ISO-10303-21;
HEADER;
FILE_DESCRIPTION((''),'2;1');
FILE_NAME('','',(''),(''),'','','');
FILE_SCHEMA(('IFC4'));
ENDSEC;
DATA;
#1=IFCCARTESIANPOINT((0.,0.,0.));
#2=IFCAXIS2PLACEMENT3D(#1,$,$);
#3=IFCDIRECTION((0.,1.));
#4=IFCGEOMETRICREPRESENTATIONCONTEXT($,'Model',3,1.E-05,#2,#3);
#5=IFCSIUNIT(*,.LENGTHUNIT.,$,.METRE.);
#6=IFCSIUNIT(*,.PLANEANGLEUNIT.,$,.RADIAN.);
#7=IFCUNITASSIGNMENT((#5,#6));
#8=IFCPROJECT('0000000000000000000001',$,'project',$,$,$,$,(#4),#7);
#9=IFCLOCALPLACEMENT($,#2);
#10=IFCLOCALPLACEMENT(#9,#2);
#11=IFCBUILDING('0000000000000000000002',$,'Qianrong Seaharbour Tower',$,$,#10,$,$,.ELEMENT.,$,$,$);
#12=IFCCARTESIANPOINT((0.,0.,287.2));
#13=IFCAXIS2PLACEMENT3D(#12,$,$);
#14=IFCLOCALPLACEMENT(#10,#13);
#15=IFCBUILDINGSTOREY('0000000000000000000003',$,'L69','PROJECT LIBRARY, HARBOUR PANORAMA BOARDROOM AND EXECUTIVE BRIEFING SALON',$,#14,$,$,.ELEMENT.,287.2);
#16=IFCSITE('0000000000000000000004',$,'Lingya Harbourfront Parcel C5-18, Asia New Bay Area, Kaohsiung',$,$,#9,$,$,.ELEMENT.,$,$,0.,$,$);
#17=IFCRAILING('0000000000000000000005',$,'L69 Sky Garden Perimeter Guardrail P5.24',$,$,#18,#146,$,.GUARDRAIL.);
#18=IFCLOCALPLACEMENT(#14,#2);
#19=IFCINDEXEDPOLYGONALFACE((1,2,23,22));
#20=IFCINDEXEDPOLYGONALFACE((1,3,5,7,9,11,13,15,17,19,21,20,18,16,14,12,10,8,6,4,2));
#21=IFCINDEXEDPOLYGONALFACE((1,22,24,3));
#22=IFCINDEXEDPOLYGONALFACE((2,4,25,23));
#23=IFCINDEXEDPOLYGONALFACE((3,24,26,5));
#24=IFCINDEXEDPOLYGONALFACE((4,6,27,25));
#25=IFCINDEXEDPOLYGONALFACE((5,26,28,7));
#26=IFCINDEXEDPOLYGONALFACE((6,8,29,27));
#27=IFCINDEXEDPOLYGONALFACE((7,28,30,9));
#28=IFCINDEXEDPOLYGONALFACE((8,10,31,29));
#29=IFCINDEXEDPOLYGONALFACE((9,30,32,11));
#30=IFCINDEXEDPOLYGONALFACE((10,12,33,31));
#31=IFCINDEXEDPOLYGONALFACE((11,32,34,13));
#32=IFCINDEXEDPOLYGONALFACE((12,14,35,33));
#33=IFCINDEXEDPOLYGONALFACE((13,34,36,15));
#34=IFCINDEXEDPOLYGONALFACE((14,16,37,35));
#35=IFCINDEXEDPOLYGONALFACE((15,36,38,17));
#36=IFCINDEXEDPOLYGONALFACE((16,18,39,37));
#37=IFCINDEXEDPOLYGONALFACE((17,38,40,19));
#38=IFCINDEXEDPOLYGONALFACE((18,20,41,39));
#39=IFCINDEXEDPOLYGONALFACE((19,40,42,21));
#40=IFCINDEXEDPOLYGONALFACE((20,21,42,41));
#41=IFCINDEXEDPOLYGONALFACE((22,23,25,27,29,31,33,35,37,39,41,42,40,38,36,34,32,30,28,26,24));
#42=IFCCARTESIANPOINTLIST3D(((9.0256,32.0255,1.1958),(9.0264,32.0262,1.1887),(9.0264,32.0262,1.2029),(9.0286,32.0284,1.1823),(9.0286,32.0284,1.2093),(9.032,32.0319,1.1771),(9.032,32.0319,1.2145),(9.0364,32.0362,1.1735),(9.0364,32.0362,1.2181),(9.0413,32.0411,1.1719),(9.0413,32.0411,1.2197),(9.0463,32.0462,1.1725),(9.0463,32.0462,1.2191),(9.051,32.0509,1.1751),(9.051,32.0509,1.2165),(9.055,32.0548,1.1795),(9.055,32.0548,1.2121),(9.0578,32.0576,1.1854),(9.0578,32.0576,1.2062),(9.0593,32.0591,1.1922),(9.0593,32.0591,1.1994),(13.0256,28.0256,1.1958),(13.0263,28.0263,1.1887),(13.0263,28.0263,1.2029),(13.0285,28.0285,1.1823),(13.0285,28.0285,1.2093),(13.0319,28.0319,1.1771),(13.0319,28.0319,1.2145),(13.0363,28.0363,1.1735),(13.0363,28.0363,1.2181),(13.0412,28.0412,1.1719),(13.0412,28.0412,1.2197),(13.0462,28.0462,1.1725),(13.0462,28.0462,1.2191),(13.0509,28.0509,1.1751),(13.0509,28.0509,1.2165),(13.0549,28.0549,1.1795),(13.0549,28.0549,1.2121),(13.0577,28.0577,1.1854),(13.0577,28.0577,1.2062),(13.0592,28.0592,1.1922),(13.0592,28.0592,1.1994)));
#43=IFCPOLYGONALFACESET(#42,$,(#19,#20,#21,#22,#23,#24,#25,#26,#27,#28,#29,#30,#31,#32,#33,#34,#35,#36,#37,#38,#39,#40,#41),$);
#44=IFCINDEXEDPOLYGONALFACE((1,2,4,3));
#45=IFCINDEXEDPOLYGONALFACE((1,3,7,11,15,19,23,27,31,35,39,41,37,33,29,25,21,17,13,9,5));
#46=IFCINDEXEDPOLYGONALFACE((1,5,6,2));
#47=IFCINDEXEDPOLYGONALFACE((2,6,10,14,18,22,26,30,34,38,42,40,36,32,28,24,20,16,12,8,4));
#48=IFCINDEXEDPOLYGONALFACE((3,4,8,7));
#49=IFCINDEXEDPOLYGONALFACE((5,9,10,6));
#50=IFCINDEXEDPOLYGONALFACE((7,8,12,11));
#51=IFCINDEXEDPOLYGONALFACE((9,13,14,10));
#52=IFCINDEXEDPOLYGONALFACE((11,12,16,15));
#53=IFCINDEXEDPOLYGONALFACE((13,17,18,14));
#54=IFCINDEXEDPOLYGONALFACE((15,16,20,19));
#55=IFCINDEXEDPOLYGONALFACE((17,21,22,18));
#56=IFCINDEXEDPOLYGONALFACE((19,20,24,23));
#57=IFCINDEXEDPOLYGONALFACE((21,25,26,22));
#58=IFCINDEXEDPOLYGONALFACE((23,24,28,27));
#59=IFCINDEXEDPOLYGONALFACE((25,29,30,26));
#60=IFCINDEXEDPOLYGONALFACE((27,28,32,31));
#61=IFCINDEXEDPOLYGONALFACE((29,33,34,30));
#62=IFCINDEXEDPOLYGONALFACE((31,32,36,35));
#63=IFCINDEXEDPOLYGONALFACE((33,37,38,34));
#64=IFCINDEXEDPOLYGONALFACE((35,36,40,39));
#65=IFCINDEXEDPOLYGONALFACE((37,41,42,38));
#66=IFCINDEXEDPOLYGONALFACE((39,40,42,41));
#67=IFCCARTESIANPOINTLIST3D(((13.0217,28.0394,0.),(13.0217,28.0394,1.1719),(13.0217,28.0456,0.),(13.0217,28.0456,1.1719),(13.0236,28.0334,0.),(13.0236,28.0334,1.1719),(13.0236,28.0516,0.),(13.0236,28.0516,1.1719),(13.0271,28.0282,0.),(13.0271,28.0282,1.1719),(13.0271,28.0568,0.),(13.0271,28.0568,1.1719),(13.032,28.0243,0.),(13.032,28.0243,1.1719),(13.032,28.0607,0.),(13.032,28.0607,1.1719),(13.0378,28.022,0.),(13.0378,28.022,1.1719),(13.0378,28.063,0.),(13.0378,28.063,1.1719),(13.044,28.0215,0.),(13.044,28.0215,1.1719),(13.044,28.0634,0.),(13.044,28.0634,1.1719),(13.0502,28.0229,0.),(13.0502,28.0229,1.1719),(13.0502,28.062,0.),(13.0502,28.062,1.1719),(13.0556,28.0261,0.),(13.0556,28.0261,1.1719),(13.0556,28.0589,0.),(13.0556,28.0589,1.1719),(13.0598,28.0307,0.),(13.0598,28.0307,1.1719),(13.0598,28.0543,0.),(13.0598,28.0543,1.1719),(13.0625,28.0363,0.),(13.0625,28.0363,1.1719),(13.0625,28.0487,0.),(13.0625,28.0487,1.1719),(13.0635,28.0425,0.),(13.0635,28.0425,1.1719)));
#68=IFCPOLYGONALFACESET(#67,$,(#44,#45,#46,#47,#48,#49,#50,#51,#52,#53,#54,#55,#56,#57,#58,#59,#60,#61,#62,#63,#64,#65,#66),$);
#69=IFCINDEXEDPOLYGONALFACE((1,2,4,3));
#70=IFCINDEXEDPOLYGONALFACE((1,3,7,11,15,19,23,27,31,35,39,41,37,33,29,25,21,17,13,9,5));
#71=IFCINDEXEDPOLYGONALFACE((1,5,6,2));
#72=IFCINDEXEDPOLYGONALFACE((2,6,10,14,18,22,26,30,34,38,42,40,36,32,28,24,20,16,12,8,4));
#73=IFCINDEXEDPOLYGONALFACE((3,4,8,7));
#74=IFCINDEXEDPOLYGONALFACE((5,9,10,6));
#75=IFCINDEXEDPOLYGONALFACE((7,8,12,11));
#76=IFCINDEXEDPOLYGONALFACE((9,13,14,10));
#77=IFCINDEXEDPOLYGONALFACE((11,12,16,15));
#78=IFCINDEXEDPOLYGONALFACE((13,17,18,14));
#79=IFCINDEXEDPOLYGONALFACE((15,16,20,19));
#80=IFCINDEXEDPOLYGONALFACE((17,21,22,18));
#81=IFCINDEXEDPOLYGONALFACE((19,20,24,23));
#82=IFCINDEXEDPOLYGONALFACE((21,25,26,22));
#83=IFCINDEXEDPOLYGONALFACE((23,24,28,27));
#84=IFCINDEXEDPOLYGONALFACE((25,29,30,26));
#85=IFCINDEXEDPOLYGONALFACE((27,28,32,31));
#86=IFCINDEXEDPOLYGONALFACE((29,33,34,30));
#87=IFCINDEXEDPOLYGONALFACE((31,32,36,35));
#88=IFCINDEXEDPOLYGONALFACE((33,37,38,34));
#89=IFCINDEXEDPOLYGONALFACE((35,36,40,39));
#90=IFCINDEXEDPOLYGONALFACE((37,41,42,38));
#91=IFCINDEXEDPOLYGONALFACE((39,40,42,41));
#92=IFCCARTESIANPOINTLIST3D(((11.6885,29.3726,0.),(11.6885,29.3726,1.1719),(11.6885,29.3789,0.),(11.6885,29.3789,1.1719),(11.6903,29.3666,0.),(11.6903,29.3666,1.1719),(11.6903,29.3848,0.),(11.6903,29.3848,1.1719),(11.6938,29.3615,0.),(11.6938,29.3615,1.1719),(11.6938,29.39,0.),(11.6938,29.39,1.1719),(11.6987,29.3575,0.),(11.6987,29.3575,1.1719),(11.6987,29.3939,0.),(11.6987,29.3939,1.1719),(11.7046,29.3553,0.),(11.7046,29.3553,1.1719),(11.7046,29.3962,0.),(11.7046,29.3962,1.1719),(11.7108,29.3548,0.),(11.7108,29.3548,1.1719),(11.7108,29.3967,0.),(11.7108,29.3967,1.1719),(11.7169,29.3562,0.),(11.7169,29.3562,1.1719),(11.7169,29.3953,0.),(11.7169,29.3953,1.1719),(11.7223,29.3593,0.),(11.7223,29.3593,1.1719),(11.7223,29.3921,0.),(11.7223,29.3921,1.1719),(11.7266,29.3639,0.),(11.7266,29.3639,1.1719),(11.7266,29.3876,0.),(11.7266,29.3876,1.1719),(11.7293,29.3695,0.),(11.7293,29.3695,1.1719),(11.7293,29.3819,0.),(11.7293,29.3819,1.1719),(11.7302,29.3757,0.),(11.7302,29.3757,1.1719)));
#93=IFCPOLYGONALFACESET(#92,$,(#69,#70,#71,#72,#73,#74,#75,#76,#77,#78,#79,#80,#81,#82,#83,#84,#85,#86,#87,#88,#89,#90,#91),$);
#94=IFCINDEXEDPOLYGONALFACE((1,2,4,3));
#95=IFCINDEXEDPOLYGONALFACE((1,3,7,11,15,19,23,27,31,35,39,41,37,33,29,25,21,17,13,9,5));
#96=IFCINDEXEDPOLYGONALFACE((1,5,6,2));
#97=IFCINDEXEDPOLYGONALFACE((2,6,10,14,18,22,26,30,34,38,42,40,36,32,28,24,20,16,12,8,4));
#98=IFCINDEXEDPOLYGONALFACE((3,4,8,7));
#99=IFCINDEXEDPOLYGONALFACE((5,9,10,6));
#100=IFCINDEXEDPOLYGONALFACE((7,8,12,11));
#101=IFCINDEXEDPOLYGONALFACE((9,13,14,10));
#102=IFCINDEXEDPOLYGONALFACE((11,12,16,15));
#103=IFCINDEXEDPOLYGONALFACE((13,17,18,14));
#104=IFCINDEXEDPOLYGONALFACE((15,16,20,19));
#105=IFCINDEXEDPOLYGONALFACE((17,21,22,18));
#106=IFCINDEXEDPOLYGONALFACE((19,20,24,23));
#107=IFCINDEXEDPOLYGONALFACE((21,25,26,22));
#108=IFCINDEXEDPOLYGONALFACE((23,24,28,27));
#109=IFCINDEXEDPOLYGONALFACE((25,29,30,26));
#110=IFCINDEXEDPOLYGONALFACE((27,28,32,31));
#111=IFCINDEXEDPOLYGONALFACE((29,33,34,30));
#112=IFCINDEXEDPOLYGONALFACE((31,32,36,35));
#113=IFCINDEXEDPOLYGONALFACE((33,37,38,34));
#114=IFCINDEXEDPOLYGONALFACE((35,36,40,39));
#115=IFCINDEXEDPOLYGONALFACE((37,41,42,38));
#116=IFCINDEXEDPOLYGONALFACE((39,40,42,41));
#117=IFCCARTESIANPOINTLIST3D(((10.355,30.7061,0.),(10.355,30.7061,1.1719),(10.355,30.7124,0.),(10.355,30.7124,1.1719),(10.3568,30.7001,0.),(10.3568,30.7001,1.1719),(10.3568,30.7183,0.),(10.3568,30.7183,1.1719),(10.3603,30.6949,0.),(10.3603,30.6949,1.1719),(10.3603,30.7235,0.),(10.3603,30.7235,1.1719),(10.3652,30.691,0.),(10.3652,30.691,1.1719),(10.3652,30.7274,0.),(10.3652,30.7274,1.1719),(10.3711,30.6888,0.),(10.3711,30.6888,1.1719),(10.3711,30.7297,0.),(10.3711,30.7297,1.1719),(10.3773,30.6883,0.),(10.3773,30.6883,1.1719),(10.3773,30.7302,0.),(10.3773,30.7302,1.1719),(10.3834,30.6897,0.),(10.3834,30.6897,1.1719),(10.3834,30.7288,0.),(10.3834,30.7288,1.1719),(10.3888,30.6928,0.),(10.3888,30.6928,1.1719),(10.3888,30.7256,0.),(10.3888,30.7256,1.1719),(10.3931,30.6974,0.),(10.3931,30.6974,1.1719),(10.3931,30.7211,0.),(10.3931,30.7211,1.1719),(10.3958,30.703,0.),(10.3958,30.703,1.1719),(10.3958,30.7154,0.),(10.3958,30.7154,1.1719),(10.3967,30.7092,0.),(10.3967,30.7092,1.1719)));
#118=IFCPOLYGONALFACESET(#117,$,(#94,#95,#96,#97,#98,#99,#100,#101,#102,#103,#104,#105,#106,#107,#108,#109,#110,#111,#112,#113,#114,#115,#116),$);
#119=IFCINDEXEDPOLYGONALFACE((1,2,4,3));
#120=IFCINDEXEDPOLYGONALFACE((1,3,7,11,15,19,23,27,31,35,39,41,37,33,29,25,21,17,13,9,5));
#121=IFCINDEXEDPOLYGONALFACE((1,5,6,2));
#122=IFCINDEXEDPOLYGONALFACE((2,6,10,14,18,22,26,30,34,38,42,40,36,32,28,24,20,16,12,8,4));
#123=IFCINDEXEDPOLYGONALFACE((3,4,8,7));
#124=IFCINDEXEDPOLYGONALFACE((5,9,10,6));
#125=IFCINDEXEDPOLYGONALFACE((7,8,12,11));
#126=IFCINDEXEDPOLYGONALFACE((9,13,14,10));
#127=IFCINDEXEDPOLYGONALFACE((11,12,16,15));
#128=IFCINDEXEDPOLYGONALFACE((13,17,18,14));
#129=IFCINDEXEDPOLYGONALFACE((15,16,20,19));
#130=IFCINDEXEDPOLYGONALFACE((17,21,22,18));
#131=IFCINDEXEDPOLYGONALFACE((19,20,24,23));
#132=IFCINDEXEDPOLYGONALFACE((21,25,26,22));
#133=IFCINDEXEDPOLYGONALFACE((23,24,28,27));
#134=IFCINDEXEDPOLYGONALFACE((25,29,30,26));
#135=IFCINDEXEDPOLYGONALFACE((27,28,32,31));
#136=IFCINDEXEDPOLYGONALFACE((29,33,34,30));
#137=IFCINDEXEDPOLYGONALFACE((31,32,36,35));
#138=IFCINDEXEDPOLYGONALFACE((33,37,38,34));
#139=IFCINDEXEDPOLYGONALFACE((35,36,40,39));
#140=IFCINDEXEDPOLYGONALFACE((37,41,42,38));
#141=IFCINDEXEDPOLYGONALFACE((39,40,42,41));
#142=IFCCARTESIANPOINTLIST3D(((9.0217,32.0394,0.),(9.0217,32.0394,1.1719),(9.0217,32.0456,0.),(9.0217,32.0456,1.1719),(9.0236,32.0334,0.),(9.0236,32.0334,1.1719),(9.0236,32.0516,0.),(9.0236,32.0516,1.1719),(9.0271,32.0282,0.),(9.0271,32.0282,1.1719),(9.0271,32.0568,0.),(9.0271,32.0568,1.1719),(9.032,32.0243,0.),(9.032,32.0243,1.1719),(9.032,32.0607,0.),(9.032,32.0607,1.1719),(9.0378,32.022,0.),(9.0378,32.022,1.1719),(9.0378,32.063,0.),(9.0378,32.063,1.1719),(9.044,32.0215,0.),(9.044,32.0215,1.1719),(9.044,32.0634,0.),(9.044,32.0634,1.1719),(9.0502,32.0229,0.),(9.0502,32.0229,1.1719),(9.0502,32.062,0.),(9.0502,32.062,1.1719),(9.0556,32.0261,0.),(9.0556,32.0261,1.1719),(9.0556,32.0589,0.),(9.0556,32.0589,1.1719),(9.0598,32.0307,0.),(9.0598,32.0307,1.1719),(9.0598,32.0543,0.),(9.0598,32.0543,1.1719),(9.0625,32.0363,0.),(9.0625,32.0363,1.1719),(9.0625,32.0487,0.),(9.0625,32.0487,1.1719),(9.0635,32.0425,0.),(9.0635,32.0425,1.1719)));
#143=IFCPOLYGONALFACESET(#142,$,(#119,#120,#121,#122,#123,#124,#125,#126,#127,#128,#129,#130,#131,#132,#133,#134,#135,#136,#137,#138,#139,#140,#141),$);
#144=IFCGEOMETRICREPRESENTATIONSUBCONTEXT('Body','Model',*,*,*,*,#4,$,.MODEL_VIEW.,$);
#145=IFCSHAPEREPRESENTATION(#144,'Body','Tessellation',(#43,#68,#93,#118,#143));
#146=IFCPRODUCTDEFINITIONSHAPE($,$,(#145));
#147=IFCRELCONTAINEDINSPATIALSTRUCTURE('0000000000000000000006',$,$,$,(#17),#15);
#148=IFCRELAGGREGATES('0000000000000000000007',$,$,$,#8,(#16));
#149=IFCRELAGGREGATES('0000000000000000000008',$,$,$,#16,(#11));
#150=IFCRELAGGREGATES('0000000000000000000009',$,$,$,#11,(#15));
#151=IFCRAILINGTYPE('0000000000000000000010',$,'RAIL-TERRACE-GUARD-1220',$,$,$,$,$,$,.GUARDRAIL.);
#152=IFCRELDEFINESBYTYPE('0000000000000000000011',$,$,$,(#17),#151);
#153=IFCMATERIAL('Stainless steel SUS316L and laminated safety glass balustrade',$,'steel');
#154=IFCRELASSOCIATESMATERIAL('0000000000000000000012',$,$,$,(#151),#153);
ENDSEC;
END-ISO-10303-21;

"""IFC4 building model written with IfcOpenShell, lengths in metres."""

from ifc_helpers import new_model, si_unit, direction, frame, origin, origin_2d, place, context, subcontext, project, spatial, circle, extrude, material, type_object, element, save


model = new_model("IFC4")

# Units and contexts
model_context = context("Model", 3, precision=1e-05, world=origin(), true_north=direction((0.0, 1.0)))
body_context = subcontext(model_context, "Body", "Model", "MODEL_VIEW")
ifc_project = project(units=[si_unit("LENGTHUNIT", "METRE"), si_unit("PLANEANGLEUNIT", "RADIAN")], contexts=[model_context])

# Site, building, storey
site_placement = place(None, origin())
site = spatial("IfcSite", under=ifc_project, at=site_placement, Name="Lingya Harbourfront Parcel C5-18, Asia New Bay Area, Kaohsiung", CompositionType="ELEMENT", RefElevation=0.0)
building_placement = place(site_placement, origin())
building = spatial("IfcBuilding", under=site, at=building_placement, Name="Qianrong Seaharbour Tower", CompositionType="ELEMENT")
storey_placement = place(building_placement, frame((0.0, 0.0, 287.2)))
storey = spatial("IfcBuildingStorey", under=building, at=storey_placement, Name="L69", Description="PROJECT LIBRARY, HARBOUR PANORAMA BOARDROOM AND EXECUTIVE BRIEFING SALON", CompositionType="ELEMENT", Elevation=287.2)

# Railing
ifc_material_1 = material(Name="Stainless steel SUS316L and laminated safety glass balustrade", Category="steel")
railing_type = type_object("IfcRailingType", Name="RAIL-TERRACE-GUARD-1220", PredefinedType="GUARDRAIL", material=ifc_material_1)
railing_1_placement = place(storey_placement, frame((13.0425, 28.0425, 0.0)))
element("IfcRailing", 1, at=railing_1_placement, inside=storey, type_object=railing_type, Name="L69 Sky Garden Perimeter Guardrail P5.24", PredefinedType="GUARDRAIL", context=body_context, shape_type="SweptSolid", body=[
    extrude(circle(Radius=0.0239, at=origin_2d()), frame((0.0, 0.0, 1.1958), z_axis=(-0.707107, 0.707107, 0.0), x_axis=(-0.707107, -0.707107, 0.0)), (0.0, 0.0, 1.0), 5.6567),
    extrude(circle(Radius=0.021, at=origin_2d()), origin(), (0.0, 0.0, 1.0), 1.1719),
    extrude(circle(Radius=0.021, at=origin_2d()), frame((-1.3333, 1.3333, 0.0)), (0.0, 0.0, 1.0), 1.1719),
    extrude(circle(Radius=0.021, at=origin_2d()), frame((-2.6667, 2.6667, 0.0)), (0.0, 0.0, 1.0), 1.1719),
    extrude(circle(Radius=0.021, at=origin_2d()), frame((-4.0, 4.0, 0.0)), (0.0, 0.0, 1.0), 1.1719),
])

save(model, "model.ifc")
